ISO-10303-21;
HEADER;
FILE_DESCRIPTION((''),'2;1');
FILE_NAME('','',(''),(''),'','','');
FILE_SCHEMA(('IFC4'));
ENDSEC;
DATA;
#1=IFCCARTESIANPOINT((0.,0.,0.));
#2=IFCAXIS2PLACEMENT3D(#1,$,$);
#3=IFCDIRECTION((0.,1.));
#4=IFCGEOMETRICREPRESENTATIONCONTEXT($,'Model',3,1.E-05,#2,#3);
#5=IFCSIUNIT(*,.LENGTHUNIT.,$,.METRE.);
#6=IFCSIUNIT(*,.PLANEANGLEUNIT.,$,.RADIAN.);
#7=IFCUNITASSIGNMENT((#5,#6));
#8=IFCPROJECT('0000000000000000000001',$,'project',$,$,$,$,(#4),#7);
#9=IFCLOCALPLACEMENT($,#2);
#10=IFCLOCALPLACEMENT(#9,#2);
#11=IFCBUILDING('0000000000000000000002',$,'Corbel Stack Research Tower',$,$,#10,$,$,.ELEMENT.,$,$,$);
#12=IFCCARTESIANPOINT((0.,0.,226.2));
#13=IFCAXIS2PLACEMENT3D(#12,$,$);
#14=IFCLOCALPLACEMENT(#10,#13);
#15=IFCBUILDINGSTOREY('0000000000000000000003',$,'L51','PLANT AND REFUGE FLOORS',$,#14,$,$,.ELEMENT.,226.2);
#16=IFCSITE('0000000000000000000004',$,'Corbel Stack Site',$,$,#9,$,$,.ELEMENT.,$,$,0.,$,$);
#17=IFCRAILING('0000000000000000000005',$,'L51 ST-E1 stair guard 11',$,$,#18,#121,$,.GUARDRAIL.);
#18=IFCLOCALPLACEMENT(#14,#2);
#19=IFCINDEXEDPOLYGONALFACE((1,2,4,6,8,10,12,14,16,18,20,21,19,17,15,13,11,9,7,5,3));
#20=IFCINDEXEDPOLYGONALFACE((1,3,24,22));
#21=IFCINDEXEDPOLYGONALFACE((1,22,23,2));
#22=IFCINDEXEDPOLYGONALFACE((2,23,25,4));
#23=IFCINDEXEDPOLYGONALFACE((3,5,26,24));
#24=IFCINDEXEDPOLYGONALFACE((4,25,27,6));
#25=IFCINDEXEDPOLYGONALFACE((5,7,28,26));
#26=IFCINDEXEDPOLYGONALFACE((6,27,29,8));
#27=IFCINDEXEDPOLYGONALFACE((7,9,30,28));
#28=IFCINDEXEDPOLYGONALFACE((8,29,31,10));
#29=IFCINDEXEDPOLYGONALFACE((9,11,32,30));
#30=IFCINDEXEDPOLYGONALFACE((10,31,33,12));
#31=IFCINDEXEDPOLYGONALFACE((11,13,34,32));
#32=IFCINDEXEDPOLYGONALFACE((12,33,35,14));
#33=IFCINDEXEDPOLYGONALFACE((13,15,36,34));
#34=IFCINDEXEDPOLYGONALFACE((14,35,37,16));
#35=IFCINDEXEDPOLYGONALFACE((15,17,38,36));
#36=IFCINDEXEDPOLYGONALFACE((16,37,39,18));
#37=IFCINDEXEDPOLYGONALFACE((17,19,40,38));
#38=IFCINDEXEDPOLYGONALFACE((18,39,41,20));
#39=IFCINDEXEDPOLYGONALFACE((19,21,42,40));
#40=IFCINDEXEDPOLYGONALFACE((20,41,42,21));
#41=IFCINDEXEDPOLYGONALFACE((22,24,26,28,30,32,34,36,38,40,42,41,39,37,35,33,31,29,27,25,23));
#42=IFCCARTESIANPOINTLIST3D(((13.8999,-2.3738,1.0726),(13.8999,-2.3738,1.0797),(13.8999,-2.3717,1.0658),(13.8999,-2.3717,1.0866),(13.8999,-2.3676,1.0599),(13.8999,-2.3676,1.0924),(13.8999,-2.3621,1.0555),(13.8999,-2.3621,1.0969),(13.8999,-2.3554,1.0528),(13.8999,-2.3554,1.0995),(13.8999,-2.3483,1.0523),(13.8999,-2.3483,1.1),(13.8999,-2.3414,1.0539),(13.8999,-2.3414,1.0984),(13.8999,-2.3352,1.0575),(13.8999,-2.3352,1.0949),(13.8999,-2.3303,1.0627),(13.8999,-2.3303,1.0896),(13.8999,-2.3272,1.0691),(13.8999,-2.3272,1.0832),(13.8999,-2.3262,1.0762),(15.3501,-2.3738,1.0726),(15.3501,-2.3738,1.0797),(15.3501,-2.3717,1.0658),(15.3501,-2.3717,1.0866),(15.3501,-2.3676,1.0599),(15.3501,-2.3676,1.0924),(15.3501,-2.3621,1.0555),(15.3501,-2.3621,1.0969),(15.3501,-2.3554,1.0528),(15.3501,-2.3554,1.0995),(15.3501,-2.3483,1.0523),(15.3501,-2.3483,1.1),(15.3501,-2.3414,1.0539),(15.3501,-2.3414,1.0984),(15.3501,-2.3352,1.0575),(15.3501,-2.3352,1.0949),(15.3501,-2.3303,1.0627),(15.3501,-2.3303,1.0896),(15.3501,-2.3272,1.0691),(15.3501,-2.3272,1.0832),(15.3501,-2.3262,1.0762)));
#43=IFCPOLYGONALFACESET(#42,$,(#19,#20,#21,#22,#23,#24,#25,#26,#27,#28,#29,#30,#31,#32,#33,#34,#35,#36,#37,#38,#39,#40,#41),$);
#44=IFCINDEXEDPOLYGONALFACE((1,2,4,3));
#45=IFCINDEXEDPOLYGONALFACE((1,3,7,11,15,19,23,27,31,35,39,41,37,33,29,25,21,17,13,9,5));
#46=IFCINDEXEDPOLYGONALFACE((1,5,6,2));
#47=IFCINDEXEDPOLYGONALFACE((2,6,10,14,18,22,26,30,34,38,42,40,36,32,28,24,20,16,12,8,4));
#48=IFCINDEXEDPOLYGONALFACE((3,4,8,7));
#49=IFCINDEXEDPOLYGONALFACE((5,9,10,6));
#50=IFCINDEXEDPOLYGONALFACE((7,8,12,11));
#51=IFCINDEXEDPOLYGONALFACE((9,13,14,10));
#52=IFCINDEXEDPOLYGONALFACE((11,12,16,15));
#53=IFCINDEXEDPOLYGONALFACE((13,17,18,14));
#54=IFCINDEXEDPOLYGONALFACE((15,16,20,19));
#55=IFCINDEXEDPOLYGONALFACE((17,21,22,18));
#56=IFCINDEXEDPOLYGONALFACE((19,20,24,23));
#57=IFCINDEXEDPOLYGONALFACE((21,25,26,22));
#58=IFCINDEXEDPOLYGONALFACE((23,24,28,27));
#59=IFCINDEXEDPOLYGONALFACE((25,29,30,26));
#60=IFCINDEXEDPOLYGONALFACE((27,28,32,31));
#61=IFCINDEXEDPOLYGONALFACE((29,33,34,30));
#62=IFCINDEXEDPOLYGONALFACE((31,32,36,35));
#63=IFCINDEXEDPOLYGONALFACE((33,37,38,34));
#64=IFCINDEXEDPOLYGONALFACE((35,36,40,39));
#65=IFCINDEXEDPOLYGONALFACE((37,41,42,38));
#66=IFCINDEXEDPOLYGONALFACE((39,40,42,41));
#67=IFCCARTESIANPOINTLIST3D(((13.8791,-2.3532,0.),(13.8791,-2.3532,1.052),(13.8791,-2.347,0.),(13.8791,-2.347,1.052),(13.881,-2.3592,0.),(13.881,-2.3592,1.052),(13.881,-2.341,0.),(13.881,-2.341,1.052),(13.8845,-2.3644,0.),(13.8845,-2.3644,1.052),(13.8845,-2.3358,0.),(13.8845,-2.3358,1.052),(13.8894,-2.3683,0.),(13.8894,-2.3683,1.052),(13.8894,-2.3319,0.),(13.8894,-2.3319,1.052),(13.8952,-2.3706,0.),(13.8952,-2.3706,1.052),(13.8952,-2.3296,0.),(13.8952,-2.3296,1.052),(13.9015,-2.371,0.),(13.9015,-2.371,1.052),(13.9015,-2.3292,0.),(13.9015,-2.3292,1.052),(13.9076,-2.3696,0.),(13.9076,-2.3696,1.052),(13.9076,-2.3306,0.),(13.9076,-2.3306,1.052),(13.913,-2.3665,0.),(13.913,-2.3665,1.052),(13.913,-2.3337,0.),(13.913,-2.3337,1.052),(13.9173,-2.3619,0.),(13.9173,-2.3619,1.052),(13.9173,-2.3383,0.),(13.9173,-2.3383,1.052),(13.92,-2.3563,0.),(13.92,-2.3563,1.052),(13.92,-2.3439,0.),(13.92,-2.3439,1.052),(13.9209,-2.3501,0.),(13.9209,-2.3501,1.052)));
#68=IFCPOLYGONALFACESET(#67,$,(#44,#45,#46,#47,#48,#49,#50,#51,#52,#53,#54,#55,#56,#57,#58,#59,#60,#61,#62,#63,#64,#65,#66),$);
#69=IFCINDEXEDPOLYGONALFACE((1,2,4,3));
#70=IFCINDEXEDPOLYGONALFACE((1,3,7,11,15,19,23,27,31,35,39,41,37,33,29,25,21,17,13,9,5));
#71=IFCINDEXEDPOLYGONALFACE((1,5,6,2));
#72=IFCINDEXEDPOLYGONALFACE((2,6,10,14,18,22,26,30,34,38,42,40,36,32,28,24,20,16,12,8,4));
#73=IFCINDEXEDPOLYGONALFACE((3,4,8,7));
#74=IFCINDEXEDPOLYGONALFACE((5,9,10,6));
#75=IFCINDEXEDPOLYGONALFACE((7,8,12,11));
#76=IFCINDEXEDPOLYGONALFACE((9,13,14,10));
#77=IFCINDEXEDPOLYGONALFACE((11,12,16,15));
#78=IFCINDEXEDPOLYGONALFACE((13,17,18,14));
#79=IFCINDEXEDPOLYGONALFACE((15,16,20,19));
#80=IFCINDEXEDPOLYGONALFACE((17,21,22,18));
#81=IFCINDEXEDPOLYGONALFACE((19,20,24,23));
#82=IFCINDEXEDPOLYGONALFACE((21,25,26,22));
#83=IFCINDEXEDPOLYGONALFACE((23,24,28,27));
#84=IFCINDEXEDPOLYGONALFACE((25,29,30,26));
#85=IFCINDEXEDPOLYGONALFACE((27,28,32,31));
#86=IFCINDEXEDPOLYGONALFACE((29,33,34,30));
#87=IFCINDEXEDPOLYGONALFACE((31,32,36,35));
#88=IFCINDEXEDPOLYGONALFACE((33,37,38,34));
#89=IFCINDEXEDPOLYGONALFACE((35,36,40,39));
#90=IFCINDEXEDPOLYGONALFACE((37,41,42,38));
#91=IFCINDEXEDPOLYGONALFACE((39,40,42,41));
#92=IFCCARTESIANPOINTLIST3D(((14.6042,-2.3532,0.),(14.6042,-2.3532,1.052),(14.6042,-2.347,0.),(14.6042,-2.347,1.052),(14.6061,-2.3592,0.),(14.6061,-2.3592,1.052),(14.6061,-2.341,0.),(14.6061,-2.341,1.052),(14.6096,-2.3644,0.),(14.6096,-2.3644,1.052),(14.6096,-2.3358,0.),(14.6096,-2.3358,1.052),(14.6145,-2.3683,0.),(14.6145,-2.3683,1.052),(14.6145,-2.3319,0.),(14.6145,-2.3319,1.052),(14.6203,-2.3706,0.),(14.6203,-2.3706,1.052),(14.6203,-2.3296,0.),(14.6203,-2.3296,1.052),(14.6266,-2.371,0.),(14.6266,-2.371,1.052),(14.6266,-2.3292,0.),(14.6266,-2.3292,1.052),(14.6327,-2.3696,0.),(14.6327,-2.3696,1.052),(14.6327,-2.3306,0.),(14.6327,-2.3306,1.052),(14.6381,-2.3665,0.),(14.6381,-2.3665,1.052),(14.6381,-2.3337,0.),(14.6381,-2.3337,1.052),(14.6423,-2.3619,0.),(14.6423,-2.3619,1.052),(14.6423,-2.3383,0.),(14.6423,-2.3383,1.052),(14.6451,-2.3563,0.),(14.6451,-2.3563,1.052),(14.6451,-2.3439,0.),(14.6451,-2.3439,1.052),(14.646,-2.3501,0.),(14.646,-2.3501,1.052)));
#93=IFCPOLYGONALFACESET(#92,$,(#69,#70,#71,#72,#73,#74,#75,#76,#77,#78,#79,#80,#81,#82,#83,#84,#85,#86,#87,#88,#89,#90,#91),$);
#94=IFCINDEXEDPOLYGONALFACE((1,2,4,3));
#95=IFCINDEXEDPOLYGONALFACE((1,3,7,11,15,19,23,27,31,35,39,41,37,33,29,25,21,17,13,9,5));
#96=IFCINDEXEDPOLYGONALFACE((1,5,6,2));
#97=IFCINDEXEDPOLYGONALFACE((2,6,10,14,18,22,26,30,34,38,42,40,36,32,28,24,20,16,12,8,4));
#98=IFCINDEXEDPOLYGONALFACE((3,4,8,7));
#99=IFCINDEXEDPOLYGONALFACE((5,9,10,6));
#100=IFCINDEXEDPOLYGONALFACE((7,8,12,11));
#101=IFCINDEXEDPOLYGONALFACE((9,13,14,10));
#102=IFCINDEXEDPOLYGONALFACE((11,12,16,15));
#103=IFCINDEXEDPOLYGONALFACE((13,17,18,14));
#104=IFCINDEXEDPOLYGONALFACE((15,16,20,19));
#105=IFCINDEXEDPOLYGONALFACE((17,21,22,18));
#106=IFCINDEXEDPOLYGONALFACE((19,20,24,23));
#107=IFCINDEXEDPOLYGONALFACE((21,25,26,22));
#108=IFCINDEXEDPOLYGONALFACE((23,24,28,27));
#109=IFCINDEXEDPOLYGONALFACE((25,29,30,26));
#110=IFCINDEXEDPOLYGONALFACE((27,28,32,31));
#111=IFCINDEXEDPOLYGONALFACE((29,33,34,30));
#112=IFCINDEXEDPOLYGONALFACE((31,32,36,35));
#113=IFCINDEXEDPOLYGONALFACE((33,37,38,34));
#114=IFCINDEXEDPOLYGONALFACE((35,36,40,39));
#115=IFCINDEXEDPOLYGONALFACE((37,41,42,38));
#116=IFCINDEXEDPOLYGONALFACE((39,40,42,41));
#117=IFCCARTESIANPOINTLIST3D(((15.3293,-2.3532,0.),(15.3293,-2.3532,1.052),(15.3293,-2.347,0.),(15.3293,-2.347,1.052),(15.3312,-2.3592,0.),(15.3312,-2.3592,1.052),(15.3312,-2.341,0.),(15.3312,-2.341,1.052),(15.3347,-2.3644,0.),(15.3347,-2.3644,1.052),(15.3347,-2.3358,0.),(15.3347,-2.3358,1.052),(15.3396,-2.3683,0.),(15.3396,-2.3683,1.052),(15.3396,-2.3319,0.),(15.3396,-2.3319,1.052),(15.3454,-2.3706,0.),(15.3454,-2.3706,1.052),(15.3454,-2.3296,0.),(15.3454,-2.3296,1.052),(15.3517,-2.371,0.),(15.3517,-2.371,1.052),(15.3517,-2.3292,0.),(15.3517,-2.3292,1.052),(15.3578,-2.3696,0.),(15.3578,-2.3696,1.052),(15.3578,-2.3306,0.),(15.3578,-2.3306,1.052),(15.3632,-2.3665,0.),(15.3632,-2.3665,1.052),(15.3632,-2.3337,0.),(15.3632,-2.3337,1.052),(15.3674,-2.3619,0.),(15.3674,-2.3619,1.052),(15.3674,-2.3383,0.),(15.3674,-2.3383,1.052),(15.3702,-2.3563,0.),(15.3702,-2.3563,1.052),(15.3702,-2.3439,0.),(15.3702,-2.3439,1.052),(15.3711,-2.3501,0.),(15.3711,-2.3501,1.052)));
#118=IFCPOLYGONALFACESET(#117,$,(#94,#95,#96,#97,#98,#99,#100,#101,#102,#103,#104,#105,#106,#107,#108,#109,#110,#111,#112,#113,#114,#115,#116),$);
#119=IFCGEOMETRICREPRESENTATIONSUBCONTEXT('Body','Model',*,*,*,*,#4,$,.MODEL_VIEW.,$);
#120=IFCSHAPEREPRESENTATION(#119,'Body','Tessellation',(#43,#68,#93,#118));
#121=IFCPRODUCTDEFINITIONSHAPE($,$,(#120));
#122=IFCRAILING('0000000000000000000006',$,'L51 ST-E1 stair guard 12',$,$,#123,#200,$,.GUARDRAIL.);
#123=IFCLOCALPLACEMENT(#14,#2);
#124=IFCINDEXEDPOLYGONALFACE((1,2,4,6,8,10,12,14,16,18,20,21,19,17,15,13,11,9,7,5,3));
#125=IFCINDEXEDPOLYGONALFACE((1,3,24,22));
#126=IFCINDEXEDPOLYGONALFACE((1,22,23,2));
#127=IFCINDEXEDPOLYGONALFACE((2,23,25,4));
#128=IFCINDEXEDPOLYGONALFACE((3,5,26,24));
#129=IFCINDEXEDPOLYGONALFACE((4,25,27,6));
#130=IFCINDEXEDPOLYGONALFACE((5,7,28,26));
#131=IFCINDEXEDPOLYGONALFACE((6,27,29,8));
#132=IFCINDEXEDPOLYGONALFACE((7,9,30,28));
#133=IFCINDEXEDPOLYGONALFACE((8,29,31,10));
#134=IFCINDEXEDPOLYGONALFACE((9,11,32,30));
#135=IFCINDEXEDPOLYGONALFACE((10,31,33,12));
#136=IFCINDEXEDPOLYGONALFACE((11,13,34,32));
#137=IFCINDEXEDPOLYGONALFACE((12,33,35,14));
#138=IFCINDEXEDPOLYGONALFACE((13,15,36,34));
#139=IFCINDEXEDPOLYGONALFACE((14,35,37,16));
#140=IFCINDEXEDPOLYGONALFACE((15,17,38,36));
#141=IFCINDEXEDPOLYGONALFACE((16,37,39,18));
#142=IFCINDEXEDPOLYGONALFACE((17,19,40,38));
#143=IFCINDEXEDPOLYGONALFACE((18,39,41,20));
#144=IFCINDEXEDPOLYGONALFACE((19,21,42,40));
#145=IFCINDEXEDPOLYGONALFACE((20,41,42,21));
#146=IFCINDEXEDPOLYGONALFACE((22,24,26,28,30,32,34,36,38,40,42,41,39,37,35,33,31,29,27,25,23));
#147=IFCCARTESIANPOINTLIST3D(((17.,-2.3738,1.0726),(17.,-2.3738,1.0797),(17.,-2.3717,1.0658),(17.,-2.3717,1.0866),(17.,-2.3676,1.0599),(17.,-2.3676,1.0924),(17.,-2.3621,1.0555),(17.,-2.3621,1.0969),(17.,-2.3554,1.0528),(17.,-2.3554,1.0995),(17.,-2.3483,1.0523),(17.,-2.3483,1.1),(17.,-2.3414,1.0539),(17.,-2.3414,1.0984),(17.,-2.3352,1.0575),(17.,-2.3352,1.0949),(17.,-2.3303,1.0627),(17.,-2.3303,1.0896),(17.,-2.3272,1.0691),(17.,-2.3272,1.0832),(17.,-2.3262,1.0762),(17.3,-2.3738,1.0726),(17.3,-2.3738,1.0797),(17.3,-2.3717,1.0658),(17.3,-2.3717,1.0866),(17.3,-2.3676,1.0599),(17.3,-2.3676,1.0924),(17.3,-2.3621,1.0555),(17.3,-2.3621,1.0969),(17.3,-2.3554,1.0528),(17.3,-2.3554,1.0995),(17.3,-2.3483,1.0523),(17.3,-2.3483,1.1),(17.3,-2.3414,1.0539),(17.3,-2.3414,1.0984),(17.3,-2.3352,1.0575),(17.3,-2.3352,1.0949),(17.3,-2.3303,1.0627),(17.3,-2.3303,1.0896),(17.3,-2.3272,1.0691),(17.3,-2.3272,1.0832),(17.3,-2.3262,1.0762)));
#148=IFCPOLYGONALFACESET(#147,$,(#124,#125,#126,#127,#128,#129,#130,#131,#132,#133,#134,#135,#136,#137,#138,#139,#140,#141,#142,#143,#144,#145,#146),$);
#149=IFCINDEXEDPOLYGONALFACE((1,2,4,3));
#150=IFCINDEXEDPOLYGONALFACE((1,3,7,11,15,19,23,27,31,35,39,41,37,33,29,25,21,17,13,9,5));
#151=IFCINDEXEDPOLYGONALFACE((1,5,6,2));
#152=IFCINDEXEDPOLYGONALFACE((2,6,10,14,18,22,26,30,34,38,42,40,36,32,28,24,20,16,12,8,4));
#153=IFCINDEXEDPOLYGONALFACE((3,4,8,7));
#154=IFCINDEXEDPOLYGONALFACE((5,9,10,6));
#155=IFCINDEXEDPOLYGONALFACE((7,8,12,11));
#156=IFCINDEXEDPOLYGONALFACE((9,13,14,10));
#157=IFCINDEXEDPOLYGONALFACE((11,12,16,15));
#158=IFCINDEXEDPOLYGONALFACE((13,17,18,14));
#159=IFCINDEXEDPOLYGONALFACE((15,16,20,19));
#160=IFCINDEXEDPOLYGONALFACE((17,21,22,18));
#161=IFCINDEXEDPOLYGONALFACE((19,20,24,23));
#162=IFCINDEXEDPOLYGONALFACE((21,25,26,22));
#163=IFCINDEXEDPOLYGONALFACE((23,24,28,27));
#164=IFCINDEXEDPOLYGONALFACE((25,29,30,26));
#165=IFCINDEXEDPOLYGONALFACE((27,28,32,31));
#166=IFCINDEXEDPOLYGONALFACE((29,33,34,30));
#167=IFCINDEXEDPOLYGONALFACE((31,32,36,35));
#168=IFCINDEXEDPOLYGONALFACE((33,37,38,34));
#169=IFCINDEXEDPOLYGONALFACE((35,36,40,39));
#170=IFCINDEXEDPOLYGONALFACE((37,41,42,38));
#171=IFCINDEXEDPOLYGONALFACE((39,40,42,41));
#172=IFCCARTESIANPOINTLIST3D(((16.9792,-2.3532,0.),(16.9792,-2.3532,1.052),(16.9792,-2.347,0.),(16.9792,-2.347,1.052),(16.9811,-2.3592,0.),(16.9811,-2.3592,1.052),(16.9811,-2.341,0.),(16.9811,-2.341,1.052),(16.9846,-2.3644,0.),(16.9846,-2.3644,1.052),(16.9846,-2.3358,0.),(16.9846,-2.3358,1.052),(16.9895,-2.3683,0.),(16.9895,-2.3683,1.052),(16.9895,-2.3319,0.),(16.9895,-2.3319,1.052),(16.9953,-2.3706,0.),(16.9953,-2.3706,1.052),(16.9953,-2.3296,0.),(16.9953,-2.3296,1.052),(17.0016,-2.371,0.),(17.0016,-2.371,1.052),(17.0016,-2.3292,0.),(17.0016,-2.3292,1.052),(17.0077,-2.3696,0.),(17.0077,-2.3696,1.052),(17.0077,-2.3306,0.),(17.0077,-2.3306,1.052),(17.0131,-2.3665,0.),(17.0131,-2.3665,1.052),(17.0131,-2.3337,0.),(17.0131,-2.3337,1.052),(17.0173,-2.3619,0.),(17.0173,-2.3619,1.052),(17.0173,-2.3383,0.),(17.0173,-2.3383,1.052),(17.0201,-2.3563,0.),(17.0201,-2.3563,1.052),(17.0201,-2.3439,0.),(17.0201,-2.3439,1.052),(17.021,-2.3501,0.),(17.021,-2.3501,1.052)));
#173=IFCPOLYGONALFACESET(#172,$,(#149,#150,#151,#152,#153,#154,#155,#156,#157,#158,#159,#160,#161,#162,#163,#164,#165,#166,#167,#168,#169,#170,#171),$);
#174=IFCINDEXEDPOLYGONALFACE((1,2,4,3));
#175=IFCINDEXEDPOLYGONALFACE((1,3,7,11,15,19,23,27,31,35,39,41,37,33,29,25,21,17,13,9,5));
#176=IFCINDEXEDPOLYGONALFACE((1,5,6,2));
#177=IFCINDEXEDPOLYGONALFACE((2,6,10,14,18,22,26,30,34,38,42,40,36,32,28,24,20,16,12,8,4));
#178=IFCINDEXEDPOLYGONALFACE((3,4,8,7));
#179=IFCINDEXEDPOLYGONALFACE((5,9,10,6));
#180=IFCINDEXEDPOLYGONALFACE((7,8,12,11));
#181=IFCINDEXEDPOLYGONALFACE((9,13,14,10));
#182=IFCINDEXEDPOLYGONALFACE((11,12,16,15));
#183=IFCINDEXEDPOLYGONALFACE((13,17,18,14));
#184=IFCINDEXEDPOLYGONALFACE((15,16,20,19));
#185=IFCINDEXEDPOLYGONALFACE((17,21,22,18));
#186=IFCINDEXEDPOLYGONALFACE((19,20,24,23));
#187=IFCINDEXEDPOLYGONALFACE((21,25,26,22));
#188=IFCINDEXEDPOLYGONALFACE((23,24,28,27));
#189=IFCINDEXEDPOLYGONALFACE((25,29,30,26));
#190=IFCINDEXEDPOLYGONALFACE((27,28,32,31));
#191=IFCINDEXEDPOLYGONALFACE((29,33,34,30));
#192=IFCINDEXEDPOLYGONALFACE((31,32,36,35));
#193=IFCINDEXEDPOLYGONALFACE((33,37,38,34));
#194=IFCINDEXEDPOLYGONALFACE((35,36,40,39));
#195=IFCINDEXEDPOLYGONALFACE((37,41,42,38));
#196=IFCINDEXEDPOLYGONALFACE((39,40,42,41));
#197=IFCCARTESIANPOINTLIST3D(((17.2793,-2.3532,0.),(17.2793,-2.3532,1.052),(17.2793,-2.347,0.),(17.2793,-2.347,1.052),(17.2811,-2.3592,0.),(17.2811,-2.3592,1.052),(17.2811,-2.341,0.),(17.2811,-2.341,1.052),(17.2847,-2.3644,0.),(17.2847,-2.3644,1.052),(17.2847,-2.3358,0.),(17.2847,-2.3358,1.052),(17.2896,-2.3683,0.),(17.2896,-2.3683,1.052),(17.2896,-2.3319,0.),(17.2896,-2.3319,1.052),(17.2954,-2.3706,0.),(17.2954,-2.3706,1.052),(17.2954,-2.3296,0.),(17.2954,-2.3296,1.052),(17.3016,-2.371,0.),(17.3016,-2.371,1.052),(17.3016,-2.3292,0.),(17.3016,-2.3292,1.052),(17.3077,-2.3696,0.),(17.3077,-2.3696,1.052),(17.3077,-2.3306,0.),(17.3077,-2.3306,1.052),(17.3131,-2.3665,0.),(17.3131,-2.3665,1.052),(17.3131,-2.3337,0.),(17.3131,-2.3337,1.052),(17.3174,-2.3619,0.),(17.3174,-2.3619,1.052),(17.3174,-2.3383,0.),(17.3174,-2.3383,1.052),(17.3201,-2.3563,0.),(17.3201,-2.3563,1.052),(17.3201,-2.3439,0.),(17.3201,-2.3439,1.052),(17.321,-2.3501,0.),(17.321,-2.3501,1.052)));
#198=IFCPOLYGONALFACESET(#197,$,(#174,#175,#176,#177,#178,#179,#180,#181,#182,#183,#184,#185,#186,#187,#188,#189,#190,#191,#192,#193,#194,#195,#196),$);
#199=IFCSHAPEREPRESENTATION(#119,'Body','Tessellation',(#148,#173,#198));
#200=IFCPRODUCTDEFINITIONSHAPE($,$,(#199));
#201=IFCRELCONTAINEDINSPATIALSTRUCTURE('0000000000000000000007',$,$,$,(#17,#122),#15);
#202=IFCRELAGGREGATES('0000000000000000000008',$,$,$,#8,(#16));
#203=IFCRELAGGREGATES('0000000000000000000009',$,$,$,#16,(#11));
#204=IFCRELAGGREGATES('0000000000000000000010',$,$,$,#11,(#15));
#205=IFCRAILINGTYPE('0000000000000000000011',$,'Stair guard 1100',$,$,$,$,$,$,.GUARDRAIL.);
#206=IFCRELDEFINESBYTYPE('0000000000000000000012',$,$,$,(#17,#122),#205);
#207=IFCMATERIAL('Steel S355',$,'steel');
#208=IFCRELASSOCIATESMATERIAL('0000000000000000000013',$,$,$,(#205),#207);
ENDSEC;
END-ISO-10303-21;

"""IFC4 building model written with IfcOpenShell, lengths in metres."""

from ifc_helpers import new_model, si_unit, direction, frame, origin, origin_2d, place, context, subcontext, project, spatial, circle, extrude, material, type_object, element, save


model = new_model("IFC4")

# Units and contexts
model_context = context("Model", 3, precision=1e-05, world=origin(), true_north=direction((0.0, 1.0)))
body_context = subcontext(model_context, "Body", "Model", "MODEL_VIEW")
ifc_project = project(units=[si_unit("LENGTHUNIT", "METRE"), si_unit("PLANEANGLEUNIT", "RADIAN")], contexts=[model_context])

# Site, building, storey
site_placement = place(None, origin())
site = spatial("IfcSite", under=ifc_project, at=site_placement, Name="Corbel Stack Site", CompositionType="ELEMENT", RefElevation=0.0)
building_placement = place(site_placement, origin())
building = spatial("IfcBuilding", under=site, at=building_placement, Name="Corbel Stack Research Tower", CompositionType="ELEMENT")
storey_placement = place(building_placement, frame((0.0, 0.0, 226.2)))
storey = spatial("IfcBuildingStorey", under=building, at=storey_placement, Name="L51", Description="PLANT AND REFUGE FLOORS", CompositionType="ELEMENT", Elevation=226.2)

# Railings
ifc_material_1 = material(Name="Steel S355", Category="steel")
railing_type_1 = type_object("IfcRailingType", Name="Stair guard 1100", PredefinedType="GUARDRAIL", material=ifc_material_1)
railing_1_placement = place(storey_placement, frame((13.8999, -2.3501, 0.0)))
element("IfcRailing", 1, at=railing_1_placement, inside=storey, type_object=railing_type_1, Name="L51 ST-E1 stair guard 11", PredefinedType="GUARDRAIL", context=body_context, shape_type="SweptSolid", body=[
    extrude(circle(Radius=0.0239, at=origin_2d()), frame((0.0, 0.0, 1.0762), z_axis=(1.0, 0.0, 0.0), x_axis=(0.0, 1.0, 0.0)), (0.0, 0.0, 1.0), 1.4502),
    extrude(circle(Radius=0.021, at=origin_2d()), origin(), (0.0, 0.0, 1.0), 1.052),
    extrude(circle(Radius=0.021, at=origin_2d()), frame((0.7251, 0.0, 0.0)), (0.0, 0.0, 1.0), 1.052),
    extrude(circle(Radius=0.021, at=origin_2d()), frame((1.4502, 0.0, 0.0)), (0.0, 0.0, 1.0), 1.052),
])
railing_2_placement = place(storey_placement, frame((17.0, -2.3501, 0.0)))
element("IfcRailing", 2, at=railing_2_placement, inside=storey, type_object=railing_type_1, Name="L51 ST-E1 stair guard 12", PredefinedType="GUARDRAIL", context=body_context, shape_type="SweptSolid", body=[
    extrude(circle(Radius=0.0239, at=origin_2d()), frame((0.0, 0.0, 1.0762), z_axis=(1.0, 0.0, 0.0), x_axis=(0.0, 1.0, 0.0)), (0.0, 0.0, 1.0), 0.3),
    extrude(circle(Radius=0.021, at=origin_2d()), origin(), (0.0, 0.0, 1.0), 1.052),
    extrude(circle(Radius=0.021, at=origin_2d()), frame((0.3, 0.0, 0.0)), (0.0, 0.0, 1.0), 1.052),
])

save(model, "model.ifc")
